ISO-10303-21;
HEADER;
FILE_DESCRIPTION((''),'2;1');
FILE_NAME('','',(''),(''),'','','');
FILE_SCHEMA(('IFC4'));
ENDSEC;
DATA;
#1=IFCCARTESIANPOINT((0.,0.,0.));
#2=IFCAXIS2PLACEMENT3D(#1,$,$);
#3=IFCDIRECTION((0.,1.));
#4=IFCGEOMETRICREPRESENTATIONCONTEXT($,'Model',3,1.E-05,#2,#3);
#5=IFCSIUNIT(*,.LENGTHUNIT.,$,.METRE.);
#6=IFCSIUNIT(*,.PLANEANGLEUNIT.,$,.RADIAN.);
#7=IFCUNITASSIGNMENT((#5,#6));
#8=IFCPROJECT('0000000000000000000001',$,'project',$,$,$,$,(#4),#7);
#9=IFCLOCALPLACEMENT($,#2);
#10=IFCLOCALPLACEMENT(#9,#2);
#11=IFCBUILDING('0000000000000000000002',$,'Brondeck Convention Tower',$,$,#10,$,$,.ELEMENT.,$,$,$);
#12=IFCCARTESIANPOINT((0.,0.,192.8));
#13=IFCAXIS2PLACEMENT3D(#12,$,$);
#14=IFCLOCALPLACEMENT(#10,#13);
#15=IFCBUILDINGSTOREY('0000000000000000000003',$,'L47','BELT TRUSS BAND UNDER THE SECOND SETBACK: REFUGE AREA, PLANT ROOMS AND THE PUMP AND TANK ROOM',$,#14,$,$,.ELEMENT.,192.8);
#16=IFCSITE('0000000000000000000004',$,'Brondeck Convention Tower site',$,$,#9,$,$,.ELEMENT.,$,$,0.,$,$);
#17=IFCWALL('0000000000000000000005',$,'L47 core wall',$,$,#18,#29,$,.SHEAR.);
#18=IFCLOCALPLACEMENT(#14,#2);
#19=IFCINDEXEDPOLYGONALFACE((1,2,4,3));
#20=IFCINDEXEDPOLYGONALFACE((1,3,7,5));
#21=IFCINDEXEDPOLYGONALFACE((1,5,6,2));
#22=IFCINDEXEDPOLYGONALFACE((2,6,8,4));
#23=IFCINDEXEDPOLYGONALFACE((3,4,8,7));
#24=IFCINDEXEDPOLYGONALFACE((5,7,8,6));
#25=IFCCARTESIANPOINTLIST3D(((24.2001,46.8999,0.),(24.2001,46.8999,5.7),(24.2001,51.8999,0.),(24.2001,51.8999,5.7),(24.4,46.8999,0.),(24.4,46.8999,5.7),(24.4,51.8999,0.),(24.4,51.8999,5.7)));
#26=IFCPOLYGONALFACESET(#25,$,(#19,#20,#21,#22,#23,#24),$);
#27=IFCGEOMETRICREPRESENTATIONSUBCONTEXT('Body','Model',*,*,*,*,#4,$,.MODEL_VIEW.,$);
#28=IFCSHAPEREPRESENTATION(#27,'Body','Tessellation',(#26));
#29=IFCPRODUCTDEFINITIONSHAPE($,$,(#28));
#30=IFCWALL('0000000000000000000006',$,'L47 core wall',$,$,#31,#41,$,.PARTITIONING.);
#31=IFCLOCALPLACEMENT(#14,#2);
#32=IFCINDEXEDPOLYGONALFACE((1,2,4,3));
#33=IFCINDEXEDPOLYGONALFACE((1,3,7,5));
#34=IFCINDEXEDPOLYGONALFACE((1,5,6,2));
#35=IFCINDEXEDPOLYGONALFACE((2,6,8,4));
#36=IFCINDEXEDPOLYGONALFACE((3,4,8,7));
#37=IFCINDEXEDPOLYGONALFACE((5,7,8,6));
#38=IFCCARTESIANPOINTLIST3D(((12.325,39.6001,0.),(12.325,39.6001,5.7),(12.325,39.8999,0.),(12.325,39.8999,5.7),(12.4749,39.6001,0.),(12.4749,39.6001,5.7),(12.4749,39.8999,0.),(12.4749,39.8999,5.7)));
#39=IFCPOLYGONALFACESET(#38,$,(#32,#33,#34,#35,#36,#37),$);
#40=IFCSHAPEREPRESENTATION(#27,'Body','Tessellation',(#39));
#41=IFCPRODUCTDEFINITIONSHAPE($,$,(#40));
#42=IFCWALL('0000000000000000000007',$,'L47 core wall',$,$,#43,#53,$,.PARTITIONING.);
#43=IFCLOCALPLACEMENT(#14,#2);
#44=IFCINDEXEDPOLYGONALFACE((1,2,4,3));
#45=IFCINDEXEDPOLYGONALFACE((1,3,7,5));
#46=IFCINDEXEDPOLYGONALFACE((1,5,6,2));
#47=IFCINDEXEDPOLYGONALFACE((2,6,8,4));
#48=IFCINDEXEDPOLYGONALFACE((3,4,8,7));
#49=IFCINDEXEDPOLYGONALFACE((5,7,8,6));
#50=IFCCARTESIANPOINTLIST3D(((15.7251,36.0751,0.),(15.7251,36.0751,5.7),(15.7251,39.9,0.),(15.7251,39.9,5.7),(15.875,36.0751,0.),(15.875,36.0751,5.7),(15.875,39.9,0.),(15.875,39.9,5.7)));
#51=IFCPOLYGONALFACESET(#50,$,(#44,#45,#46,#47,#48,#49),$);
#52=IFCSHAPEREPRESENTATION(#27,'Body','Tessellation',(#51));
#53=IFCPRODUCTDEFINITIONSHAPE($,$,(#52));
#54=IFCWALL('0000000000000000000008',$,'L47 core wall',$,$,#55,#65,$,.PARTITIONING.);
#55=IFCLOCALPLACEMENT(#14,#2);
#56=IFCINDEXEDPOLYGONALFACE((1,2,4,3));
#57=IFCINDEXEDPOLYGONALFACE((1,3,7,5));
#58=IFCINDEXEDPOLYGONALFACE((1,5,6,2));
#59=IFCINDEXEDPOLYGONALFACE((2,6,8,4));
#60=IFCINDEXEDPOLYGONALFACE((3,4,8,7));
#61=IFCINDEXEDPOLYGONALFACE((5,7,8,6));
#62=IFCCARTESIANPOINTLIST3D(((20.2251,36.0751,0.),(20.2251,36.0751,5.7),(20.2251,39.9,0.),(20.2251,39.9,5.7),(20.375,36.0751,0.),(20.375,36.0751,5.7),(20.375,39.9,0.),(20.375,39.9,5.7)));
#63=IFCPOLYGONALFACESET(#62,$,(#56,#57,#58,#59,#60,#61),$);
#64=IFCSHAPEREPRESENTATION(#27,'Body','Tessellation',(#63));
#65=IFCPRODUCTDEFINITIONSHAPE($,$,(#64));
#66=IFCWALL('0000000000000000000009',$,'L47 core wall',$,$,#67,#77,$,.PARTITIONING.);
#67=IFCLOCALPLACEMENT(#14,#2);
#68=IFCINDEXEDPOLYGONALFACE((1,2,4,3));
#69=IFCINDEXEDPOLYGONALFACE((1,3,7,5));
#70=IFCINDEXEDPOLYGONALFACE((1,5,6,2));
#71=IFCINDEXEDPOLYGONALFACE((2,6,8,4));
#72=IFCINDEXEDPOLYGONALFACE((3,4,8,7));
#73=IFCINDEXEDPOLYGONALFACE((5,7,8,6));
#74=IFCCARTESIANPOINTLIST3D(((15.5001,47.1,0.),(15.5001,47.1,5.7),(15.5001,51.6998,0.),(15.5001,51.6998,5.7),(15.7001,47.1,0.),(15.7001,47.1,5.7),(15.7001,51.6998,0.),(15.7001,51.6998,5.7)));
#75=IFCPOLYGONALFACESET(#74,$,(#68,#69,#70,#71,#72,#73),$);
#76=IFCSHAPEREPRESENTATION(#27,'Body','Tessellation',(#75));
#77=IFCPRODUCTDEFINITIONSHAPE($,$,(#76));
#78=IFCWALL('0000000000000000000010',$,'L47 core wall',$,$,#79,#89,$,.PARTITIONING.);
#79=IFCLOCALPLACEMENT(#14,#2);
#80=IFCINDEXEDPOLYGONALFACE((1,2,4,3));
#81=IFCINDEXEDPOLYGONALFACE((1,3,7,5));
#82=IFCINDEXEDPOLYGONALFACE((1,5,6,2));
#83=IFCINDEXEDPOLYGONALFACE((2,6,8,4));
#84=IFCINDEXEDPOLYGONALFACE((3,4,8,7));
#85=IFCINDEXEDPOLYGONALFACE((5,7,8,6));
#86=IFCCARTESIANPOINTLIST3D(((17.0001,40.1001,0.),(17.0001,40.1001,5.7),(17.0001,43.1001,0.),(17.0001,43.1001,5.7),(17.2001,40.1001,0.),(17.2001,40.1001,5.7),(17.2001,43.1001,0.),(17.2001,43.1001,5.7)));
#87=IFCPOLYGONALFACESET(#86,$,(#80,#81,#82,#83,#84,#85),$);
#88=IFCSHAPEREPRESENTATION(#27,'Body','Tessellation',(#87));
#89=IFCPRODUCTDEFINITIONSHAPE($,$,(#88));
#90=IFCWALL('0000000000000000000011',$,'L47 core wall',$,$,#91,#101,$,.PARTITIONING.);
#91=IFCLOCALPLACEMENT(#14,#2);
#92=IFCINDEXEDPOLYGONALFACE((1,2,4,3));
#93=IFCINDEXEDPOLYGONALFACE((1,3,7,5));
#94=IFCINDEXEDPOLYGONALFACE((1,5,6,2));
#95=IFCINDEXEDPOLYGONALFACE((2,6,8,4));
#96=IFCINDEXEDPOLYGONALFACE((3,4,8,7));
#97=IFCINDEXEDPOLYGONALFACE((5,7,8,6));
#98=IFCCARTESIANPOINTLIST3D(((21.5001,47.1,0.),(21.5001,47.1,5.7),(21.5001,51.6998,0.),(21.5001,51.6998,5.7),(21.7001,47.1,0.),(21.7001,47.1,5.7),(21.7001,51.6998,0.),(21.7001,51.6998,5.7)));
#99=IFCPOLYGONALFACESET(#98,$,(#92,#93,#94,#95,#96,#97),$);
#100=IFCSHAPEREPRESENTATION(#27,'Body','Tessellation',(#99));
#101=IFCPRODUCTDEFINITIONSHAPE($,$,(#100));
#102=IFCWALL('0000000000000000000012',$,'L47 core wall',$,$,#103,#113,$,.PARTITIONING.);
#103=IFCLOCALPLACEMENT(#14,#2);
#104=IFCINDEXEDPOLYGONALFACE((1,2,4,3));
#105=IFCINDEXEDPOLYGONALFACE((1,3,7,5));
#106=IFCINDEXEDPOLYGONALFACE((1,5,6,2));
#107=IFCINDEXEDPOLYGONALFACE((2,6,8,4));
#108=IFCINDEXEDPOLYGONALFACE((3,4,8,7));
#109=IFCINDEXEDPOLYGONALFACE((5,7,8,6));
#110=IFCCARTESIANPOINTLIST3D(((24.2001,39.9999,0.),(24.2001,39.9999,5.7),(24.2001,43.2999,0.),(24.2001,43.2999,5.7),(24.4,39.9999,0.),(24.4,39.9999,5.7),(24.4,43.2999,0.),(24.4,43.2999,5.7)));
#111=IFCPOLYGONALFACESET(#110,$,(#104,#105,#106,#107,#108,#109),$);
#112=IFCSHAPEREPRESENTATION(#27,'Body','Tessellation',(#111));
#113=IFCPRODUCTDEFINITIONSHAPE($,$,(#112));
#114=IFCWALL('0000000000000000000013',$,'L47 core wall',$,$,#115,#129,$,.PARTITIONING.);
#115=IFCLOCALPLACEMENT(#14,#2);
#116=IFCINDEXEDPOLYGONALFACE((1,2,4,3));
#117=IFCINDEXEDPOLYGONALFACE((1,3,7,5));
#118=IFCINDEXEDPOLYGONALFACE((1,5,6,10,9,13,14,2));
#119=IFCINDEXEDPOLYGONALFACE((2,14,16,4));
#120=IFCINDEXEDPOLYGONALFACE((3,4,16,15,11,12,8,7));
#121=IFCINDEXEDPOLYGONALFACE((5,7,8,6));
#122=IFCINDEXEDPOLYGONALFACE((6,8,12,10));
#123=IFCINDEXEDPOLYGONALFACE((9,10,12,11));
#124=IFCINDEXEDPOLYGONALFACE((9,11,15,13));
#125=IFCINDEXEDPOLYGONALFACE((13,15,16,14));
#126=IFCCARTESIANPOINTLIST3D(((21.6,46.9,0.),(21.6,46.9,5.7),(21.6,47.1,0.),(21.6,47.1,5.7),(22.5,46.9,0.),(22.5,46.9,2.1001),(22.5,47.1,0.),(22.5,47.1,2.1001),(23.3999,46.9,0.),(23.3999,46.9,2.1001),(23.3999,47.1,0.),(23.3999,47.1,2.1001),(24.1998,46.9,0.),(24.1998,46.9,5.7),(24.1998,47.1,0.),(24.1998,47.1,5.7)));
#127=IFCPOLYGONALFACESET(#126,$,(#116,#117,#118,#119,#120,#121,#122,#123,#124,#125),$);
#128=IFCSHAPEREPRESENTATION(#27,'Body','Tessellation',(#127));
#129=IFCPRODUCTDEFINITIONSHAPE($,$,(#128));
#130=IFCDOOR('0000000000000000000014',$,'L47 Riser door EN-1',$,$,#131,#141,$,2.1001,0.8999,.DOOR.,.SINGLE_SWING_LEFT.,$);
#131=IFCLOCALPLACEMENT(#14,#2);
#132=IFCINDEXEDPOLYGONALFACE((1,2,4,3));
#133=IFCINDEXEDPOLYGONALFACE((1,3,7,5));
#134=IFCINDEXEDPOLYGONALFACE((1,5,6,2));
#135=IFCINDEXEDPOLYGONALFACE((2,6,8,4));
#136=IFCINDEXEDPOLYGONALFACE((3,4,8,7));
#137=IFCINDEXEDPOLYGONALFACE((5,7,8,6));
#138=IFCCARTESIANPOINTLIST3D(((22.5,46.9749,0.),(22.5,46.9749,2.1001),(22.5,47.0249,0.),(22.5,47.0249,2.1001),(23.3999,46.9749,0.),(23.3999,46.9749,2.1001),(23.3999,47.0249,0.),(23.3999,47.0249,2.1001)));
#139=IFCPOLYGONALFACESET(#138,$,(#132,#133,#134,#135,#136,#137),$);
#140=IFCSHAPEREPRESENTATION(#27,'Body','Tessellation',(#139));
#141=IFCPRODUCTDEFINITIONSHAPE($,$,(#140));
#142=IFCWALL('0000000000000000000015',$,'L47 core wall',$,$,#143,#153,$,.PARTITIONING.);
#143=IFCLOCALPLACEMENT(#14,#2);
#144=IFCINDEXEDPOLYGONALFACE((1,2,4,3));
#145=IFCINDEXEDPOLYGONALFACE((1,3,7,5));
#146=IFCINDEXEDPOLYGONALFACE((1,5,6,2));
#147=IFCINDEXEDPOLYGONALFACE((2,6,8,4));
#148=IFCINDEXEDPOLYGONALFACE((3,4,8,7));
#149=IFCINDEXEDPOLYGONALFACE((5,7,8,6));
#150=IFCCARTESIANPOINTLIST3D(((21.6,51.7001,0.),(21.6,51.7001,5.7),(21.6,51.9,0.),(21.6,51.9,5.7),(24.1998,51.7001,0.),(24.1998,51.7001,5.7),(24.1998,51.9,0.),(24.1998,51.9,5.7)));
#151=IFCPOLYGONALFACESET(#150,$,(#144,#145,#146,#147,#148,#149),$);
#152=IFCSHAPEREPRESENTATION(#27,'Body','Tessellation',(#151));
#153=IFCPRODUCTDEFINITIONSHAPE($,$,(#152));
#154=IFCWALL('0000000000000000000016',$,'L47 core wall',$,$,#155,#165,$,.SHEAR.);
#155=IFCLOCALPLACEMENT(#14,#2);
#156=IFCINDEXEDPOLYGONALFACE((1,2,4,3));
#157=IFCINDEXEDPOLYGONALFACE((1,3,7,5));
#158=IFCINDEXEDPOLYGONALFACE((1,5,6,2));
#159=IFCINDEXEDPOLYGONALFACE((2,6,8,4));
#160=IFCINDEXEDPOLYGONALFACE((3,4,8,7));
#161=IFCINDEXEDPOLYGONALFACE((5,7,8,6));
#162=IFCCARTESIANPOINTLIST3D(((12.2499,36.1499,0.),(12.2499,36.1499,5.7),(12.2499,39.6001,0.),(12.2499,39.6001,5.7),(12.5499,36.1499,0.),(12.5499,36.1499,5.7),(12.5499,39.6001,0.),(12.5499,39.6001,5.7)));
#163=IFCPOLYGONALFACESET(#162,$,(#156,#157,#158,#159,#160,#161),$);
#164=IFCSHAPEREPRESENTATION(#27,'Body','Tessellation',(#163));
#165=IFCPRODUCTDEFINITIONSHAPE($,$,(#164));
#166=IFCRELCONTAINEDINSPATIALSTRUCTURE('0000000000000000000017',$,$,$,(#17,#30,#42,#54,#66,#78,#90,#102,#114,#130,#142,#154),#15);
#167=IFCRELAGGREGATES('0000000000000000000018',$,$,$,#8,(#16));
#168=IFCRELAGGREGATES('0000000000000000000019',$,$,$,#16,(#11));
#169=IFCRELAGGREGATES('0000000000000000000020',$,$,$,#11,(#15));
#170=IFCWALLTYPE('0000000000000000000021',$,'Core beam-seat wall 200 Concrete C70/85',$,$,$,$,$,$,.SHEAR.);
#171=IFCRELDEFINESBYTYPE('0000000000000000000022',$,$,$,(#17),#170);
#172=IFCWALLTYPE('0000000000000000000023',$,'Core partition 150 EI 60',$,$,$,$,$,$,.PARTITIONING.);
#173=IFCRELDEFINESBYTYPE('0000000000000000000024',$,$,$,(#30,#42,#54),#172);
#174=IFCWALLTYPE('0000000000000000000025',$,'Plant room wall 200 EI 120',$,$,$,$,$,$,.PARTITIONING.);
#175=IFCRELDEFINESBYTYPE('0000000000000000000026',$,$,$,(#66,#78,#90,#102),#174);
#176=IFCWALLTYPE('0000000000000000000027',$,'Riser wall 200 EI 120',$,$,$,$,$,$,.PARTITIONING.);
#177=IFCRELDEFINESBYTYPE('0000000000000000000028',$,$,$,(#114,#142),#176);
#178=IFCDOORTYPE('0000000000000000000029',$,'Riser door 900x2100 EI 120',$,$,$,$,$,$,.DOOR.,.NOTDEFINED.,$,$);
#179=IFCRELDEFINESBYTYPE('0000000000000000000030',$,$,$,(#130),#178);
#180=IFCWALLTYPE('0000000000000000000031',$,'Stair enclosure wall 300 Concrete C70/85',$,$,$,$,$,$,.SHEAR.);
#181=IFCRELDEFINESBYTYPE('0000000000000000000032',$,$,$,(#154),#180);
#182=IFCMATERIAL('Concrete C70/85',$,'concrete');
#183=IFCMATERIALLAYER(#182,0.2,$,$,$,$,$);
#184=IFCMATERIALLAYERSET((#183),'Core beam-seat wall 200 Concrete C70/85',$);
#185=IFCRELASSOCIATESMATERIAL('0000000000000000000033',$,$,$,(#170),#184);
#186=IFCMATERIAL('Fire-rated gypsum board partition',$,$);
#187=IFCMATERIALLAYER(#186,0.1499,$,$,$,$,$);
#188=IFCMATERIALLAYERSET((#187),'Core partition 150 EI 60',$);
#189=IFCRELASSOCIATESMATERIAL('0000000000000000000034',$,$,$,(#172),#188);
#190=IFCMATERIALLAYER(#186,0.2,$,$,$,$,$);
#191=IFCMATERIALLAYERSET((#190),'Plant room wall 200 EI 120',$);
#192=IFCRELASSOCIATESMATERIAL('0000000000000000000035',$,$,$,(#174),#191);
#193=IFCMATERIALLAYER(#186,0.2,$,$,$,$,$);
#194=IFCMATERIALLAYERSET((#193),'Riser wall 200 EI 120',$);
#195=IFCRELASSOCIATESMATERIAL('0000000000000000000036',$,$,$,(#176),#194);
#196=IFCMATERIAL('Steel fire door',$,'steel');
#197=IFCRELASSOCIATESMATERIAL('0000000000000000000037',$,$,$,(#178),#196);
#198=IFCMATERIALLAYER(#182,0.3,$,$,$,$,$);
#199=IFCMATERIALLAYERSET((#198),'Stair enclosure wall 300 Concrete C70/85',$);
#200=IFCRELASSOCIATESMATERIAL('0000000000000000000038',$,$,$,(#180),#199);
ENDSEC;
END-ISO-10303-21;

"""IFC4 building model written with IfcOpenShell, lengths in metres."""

from ifc_helpers import new_model, si_unit, direction, frame, frame_2d, origin, place, context, subcontext, project, spatial, rectangle, extrude, material, layer, layer_set, type_object, element, fill, save


model = new_model("IFC4")

# Units and contexts
model_context = context("Model", 3, precision=1e-05, world=origin(), true_north=direction((0.0, 1.0)))
body_context = subcontext(model_context, "Body", "Model", "MODEL_VIEW")
ifc_project = project(units=[si_unit("LENGTHUNIT", "METRE"), si_unit("PLANEANGLEUNIT", "RADIAN")], contexts=[model_context])

# Site, building, storey
site_placement = place(None, origin())
site = spatial("IfcSite", under=ifc_project, at=site_placement, Name="Brondeck Convention Tower site", CompositionType="ELEMENT", RefElevation=0.0)
building_placement = place(site_placement, origin())
building = spatial("IfcBuilding", under=site, at=building_placement, Name="Brondeck Convention Tower", CompositionType="ELEMENT")
storey_placement = place(building_placement, frame((0.0, 0.0, 192.8)))
storey = spatial("IfcBuildingStorey", under=building, at=storey_placement, Name="L47", Description="BELT TRUSS BAND UNDER THE SECOND SETBACK: REFUGE AREA, PLANT ROOMS AND THE PUMP AND TANK ROOM", CompositionType="ELEMENT", Elevation=192.8)

# Walls
ifc_material_1 = material(Name="Concrete C70/85", Category="concrete")
ifc_layer_1 = layer(ifc_material_1, 0.2)
ifc_layer_set_1 = layer_set([ifc_layer_1], Name="Core beam-seat wall 200 Concrete C70/85")
wall_type_1 = type_object("IfcWallType", Name="Core beam-seat wall 200 Concrete C70/85", PredefinedType="SHEAR", material=ifc_layer_set_1)
wall_1_placement = place(storey_placement, frame((24.3, 46.8999, 0.0), z_axis=(0.0, 0.0, 1.0), x_axis=(0.0, 1.0, 0.0)))
element("IfcWall", 1, at=wall_1_placement, inside=storey, type_object=wall_type_1, Name="L47 core wall", PredefinedType="SHEAR", context=body_context, shape_type="SweptSolid", body=[
    extrude(rectangle(XDim=5.0, YDim=0.2, at=frame_2d((2.5, 0.0))), origin(), (0.0, 0.0, 1.0), 5.7),
])
ifc_material_2 = material(Name="Fire-rated gypsum board partition")
ifc_layer_2 = layer(ifc_material_2, 0.1499)
ifc_layer_set_2 = layer_set([ifc_layer_2], Name="Core partition 150 EI 60")
wall_type_2 = type_object("IfcWallType", Name="Core partition 150 EI 60", PredefinedType="PARTITIONING", material=ifc_layer_set_2)
wall_2_placement = place(storey_placement, frame((12.3999, 39.6001, 0.0), z_axis=(0.0, 0.0, 1.0), x_axis=(0.0, 1.0, 0.0)))
element("IfcWall", 2, at=wall_2_placement, inside=storey, type_object=wall_type_2, Name="L47 core wall", PredefinedType="PARTITIONING", context=body_context, shape_type="SweptSolid", body=[
    extrude(rectangle(XDim=0.2998, YDim=0.1499, at=frame_2d((0.1499, 0.0))), origin(), (0.0, 0.0, 1.0), 5.7),
])
for number, where, z_axis, x_axis, name in (
    (3, (15.8, 36.075, 0.0), (0.0, 0.0, 1.0), (0.0, 1.0, 0.0), "L47 core wall"),
    (4, (20.3, 36.075, 0.0), (0.0, 0.0, 1.0), (0.0, 1.0, 0.0), "L47 core wall"),
):
    element("IfcWall", number, at=place(storey_placement, frame(where, z_axis=z_axis, x_axis=x_axis)), inside=storey, type_object=wall_type_2, Name=name, PredefinedType="PARTITIONING", context=body_context, shape_type="SweptSolid", body=[
        extrude(rectangle(XDim=3.825, YDim=0.1499, at=frame_2d((1.9126, 0.0))), origin(), (0.0, 0.0, 1.0), 5.7),
    ])
ifc_layer_3 = layer(ifc_material_2, 0.2)
ifc_layer_set_3 = layer_set([ifc_layer_3], Name="Plant room wall 200 EI 120")
wall_type_3 = type_object("IfcWallType", Name="Plant room wall 200 EI 120", PredefinedType="PARTITIONING", material=ifc_layer_set_3)
wall_3_placement = place(storey_placement, frame((15.6001, 47.1001, 0.0), z_axis=(0.0, 0.0, 1.0), x_axis=(0.0, 1.0, 0.0)))
element("IfcWall", 5, at=wall_3_placement, inside=storey, type_object=wall_type_3, Name="L47 core wall", PredefinedType="PARTITIONING", context=body_context, shape_type="SweptSolid", body=[
    extrude(rectangle(XDim=4.5999, YDim=0.2, at=frame_2d((2.2998, 0.0))), origin(), (0.0, 0.0, 1.0), 5.7),
])
wall_4_placement = place(storey_placement, frame((17.1001, 40.1001, 0.0), z_axis=(0.0, 0.0, 1.0), x_axis=(0.0, 1.0, 0.0)))
element("IfcWall", 6, at=wall_4_placement, inside=storey, type_object=wall_type_3, Name="L47 core wall", PredefinedType="PARTITIONING", context=body_context, shape_type="SweptSolid", body=[
    extrude(rectangle(XDim=3.0, YDim=0.2, at=frame_2d((1.5, 0.0))), origin(), (0.0, 0.0, 1.0), 5.7),
])
wall_5_placement = place(storey_placement, frame((21.6001, 47.1001, 0.0), z_axis=(0.0, 0.0, 1.0), x_axis=(0.0, 1.0, 0.0)))
element("IfcWall", 7, at=wall_5_placement, inside=storey, type_object=wall_type_3, Name="L47 core wall", PredefinedType="PARTITIONING", context=body_context, shape_type="SweptSolid", body=[
    extrude(rectangle(XDim=4.5999, YDim=0.2, at=frame_2d((2.2998, 0.0))), origin(), (0.0, 0.0, 1.0), 5.7),
])
wall_6_placement = place(storey_placement, frame((24.3, 40.0, 0.0), z_axis=(0.0, 0.0, 1.0), x_axis=(0.0, 1.0, 0.0)))
element("IfcWall", 8, at=wall_6_placement, inside=storey, type_object=wall_type_3, Name="L47 core wall", PredefinedType="PARTITIONING", context=body_context, shape_type="SweptSolid", body=[
    extrude(rectangle(XDim=3.3, YDim=0.2, at=frame_2d((1.6499, 0.0))), origin(), (0.0, 0.0, 1.0), 5.7),
])

# Wall, opening, door
ifc_layer_4 = layer(ifc_material_2, 0.2)
ifc_layer_set_4 = layer_set([ifc_layer_4], Name="Riser wall 200 EI 120")
wall_type_4 = type_object("IfcWallType", Name="Riser wall 200 EI 120", PredefinedType="PARTITIONING", material=ifc_layer_set_4)
wall_7_placement = place(storey_placement, frame((21.6001, 47.0, 0.0), z_axis=(0.0, 0.0, 1.0), x_axis=(1.0, 0.0, 0.0)))
wall_7 = element("IfcWall", 9, at=wall_7_placement, inside=storey, type_object=wall_type_4, Name="L47 core wall", PredefinedType="PARTITIONING", context=body_context, shape_type="SweptSolid", body=[
    extrude(rectangle(XDim=2.5999, YDim=0.2, at=frame_2d((1.2998, 0.0))), origin(), (0.0, 0.0, 1.0), 5.7),
])
opening_1_placement = place(wall_7_placement, frame((0.8999, 0.0, 0.0)))
opening_1 = element("IfcOpeningElement", 10, at=opening_1_placement, cuts=wall_7, PredefinedType="OPENING", context=body_context, shape_type="SweptSolid", body=[
    extrude(rectangle(XDim=0.8999, YDim=2.1001, at=frame_2d((0.45, 1.05))), frame((0.0, 0.1099, 0.0), z_axis=(0.0, -1.0, 0.0), x_axis=(1.0, 0.0, 0.0)), (0.0, 0.0, 1.0), 0.22),
])
ifc_material_3 = material(Name="Steel fire door", Category="steel")
door_type_1 = type_object("IfcDoorType", Name="Riser door 900x2100 EI 120", OperationType="NOTDEFINED", PredefinedType="DOOR", material=ifc_material_3)
door_1_placement = place(opening_1_placement, origin())
door_1 = element("IfcDoor", 11, at=door_1_placement, inside=storey, type_object=door_type_1, Name="L47 Riser door EN-1", OperationType="SINGLE_SWING_LEFT", OverallHeight=2.1001, OverallWidth=0.8999, PredefinedType="DOOR", context=body_context, shape_type="SweptSolid", body=[
    extrude(rectangle(XDim=0.8999, YDim=2.1001, at=frame_2d((0.45, 1.05))), frame((0.0, 0.0249, 0.0), z_axis=(0.0, -1.0, 0.0), x_axis=(1.0, 0.0, 0.0)), (0.0, 0.0, 1.0), 0.05),
])
fill(opening_1, door_1)

# Walls
wall_8_placement = place(storey_placement, frame((21.6001, 51.8, 0.0), z_axis=(0.0, 0.0, 1.0), x_axis=(1.0, 0.0, 0.0)))
element("IfcWall", 12, at=wall_8_placement, inside=storey, type_object=wall_type_4, Name="L47 core wall", PredefinedType="PARTITIONING", context=body_context, shape_type="SweptSolid", body=[
    extrude(rectangle(XDim=2.5999, YDim=0.2, at=frame_2d((1.2998, 0.0))), origin(), (0.0, 0.0, 1.0), 5.7),
])
ifc_layer_5 = layer(ifc_material_1, 0.3)
ifc_layer_set_5 = layer_set([ifc_layer_5], Name="Stair enclosure wall 300 Concrete C70/85")
wall_type_5 = type_object("IfcWallType", Name="Stair enclosure wall 300 Concrete C70/85", PredefinedType="SHEAR", material=ifc_layer_set_5)
wall_9_placement = place(storey_placement, frame((12.3999, 36.1499, 0.0), z_axis=(0.0, 0.0, 1.0), x_axis=(0.0, 1.0, 0.0)))
element("IfcWall", 13, at=wall_9_placement, inside=storey, type_object=wall_type_5, Name="L47 core wall", PredefinedType="SHEAR", context=body_context, shape_type="SweptSolid", body=[
    extrude(rectangle(XDim=3.4502, YDim=0.3, at=frame_2d((1.7251, 0.0))), origin(), (0.0, 0.0, 1.0), 5.7),
])

save(model, "model.ifc")
